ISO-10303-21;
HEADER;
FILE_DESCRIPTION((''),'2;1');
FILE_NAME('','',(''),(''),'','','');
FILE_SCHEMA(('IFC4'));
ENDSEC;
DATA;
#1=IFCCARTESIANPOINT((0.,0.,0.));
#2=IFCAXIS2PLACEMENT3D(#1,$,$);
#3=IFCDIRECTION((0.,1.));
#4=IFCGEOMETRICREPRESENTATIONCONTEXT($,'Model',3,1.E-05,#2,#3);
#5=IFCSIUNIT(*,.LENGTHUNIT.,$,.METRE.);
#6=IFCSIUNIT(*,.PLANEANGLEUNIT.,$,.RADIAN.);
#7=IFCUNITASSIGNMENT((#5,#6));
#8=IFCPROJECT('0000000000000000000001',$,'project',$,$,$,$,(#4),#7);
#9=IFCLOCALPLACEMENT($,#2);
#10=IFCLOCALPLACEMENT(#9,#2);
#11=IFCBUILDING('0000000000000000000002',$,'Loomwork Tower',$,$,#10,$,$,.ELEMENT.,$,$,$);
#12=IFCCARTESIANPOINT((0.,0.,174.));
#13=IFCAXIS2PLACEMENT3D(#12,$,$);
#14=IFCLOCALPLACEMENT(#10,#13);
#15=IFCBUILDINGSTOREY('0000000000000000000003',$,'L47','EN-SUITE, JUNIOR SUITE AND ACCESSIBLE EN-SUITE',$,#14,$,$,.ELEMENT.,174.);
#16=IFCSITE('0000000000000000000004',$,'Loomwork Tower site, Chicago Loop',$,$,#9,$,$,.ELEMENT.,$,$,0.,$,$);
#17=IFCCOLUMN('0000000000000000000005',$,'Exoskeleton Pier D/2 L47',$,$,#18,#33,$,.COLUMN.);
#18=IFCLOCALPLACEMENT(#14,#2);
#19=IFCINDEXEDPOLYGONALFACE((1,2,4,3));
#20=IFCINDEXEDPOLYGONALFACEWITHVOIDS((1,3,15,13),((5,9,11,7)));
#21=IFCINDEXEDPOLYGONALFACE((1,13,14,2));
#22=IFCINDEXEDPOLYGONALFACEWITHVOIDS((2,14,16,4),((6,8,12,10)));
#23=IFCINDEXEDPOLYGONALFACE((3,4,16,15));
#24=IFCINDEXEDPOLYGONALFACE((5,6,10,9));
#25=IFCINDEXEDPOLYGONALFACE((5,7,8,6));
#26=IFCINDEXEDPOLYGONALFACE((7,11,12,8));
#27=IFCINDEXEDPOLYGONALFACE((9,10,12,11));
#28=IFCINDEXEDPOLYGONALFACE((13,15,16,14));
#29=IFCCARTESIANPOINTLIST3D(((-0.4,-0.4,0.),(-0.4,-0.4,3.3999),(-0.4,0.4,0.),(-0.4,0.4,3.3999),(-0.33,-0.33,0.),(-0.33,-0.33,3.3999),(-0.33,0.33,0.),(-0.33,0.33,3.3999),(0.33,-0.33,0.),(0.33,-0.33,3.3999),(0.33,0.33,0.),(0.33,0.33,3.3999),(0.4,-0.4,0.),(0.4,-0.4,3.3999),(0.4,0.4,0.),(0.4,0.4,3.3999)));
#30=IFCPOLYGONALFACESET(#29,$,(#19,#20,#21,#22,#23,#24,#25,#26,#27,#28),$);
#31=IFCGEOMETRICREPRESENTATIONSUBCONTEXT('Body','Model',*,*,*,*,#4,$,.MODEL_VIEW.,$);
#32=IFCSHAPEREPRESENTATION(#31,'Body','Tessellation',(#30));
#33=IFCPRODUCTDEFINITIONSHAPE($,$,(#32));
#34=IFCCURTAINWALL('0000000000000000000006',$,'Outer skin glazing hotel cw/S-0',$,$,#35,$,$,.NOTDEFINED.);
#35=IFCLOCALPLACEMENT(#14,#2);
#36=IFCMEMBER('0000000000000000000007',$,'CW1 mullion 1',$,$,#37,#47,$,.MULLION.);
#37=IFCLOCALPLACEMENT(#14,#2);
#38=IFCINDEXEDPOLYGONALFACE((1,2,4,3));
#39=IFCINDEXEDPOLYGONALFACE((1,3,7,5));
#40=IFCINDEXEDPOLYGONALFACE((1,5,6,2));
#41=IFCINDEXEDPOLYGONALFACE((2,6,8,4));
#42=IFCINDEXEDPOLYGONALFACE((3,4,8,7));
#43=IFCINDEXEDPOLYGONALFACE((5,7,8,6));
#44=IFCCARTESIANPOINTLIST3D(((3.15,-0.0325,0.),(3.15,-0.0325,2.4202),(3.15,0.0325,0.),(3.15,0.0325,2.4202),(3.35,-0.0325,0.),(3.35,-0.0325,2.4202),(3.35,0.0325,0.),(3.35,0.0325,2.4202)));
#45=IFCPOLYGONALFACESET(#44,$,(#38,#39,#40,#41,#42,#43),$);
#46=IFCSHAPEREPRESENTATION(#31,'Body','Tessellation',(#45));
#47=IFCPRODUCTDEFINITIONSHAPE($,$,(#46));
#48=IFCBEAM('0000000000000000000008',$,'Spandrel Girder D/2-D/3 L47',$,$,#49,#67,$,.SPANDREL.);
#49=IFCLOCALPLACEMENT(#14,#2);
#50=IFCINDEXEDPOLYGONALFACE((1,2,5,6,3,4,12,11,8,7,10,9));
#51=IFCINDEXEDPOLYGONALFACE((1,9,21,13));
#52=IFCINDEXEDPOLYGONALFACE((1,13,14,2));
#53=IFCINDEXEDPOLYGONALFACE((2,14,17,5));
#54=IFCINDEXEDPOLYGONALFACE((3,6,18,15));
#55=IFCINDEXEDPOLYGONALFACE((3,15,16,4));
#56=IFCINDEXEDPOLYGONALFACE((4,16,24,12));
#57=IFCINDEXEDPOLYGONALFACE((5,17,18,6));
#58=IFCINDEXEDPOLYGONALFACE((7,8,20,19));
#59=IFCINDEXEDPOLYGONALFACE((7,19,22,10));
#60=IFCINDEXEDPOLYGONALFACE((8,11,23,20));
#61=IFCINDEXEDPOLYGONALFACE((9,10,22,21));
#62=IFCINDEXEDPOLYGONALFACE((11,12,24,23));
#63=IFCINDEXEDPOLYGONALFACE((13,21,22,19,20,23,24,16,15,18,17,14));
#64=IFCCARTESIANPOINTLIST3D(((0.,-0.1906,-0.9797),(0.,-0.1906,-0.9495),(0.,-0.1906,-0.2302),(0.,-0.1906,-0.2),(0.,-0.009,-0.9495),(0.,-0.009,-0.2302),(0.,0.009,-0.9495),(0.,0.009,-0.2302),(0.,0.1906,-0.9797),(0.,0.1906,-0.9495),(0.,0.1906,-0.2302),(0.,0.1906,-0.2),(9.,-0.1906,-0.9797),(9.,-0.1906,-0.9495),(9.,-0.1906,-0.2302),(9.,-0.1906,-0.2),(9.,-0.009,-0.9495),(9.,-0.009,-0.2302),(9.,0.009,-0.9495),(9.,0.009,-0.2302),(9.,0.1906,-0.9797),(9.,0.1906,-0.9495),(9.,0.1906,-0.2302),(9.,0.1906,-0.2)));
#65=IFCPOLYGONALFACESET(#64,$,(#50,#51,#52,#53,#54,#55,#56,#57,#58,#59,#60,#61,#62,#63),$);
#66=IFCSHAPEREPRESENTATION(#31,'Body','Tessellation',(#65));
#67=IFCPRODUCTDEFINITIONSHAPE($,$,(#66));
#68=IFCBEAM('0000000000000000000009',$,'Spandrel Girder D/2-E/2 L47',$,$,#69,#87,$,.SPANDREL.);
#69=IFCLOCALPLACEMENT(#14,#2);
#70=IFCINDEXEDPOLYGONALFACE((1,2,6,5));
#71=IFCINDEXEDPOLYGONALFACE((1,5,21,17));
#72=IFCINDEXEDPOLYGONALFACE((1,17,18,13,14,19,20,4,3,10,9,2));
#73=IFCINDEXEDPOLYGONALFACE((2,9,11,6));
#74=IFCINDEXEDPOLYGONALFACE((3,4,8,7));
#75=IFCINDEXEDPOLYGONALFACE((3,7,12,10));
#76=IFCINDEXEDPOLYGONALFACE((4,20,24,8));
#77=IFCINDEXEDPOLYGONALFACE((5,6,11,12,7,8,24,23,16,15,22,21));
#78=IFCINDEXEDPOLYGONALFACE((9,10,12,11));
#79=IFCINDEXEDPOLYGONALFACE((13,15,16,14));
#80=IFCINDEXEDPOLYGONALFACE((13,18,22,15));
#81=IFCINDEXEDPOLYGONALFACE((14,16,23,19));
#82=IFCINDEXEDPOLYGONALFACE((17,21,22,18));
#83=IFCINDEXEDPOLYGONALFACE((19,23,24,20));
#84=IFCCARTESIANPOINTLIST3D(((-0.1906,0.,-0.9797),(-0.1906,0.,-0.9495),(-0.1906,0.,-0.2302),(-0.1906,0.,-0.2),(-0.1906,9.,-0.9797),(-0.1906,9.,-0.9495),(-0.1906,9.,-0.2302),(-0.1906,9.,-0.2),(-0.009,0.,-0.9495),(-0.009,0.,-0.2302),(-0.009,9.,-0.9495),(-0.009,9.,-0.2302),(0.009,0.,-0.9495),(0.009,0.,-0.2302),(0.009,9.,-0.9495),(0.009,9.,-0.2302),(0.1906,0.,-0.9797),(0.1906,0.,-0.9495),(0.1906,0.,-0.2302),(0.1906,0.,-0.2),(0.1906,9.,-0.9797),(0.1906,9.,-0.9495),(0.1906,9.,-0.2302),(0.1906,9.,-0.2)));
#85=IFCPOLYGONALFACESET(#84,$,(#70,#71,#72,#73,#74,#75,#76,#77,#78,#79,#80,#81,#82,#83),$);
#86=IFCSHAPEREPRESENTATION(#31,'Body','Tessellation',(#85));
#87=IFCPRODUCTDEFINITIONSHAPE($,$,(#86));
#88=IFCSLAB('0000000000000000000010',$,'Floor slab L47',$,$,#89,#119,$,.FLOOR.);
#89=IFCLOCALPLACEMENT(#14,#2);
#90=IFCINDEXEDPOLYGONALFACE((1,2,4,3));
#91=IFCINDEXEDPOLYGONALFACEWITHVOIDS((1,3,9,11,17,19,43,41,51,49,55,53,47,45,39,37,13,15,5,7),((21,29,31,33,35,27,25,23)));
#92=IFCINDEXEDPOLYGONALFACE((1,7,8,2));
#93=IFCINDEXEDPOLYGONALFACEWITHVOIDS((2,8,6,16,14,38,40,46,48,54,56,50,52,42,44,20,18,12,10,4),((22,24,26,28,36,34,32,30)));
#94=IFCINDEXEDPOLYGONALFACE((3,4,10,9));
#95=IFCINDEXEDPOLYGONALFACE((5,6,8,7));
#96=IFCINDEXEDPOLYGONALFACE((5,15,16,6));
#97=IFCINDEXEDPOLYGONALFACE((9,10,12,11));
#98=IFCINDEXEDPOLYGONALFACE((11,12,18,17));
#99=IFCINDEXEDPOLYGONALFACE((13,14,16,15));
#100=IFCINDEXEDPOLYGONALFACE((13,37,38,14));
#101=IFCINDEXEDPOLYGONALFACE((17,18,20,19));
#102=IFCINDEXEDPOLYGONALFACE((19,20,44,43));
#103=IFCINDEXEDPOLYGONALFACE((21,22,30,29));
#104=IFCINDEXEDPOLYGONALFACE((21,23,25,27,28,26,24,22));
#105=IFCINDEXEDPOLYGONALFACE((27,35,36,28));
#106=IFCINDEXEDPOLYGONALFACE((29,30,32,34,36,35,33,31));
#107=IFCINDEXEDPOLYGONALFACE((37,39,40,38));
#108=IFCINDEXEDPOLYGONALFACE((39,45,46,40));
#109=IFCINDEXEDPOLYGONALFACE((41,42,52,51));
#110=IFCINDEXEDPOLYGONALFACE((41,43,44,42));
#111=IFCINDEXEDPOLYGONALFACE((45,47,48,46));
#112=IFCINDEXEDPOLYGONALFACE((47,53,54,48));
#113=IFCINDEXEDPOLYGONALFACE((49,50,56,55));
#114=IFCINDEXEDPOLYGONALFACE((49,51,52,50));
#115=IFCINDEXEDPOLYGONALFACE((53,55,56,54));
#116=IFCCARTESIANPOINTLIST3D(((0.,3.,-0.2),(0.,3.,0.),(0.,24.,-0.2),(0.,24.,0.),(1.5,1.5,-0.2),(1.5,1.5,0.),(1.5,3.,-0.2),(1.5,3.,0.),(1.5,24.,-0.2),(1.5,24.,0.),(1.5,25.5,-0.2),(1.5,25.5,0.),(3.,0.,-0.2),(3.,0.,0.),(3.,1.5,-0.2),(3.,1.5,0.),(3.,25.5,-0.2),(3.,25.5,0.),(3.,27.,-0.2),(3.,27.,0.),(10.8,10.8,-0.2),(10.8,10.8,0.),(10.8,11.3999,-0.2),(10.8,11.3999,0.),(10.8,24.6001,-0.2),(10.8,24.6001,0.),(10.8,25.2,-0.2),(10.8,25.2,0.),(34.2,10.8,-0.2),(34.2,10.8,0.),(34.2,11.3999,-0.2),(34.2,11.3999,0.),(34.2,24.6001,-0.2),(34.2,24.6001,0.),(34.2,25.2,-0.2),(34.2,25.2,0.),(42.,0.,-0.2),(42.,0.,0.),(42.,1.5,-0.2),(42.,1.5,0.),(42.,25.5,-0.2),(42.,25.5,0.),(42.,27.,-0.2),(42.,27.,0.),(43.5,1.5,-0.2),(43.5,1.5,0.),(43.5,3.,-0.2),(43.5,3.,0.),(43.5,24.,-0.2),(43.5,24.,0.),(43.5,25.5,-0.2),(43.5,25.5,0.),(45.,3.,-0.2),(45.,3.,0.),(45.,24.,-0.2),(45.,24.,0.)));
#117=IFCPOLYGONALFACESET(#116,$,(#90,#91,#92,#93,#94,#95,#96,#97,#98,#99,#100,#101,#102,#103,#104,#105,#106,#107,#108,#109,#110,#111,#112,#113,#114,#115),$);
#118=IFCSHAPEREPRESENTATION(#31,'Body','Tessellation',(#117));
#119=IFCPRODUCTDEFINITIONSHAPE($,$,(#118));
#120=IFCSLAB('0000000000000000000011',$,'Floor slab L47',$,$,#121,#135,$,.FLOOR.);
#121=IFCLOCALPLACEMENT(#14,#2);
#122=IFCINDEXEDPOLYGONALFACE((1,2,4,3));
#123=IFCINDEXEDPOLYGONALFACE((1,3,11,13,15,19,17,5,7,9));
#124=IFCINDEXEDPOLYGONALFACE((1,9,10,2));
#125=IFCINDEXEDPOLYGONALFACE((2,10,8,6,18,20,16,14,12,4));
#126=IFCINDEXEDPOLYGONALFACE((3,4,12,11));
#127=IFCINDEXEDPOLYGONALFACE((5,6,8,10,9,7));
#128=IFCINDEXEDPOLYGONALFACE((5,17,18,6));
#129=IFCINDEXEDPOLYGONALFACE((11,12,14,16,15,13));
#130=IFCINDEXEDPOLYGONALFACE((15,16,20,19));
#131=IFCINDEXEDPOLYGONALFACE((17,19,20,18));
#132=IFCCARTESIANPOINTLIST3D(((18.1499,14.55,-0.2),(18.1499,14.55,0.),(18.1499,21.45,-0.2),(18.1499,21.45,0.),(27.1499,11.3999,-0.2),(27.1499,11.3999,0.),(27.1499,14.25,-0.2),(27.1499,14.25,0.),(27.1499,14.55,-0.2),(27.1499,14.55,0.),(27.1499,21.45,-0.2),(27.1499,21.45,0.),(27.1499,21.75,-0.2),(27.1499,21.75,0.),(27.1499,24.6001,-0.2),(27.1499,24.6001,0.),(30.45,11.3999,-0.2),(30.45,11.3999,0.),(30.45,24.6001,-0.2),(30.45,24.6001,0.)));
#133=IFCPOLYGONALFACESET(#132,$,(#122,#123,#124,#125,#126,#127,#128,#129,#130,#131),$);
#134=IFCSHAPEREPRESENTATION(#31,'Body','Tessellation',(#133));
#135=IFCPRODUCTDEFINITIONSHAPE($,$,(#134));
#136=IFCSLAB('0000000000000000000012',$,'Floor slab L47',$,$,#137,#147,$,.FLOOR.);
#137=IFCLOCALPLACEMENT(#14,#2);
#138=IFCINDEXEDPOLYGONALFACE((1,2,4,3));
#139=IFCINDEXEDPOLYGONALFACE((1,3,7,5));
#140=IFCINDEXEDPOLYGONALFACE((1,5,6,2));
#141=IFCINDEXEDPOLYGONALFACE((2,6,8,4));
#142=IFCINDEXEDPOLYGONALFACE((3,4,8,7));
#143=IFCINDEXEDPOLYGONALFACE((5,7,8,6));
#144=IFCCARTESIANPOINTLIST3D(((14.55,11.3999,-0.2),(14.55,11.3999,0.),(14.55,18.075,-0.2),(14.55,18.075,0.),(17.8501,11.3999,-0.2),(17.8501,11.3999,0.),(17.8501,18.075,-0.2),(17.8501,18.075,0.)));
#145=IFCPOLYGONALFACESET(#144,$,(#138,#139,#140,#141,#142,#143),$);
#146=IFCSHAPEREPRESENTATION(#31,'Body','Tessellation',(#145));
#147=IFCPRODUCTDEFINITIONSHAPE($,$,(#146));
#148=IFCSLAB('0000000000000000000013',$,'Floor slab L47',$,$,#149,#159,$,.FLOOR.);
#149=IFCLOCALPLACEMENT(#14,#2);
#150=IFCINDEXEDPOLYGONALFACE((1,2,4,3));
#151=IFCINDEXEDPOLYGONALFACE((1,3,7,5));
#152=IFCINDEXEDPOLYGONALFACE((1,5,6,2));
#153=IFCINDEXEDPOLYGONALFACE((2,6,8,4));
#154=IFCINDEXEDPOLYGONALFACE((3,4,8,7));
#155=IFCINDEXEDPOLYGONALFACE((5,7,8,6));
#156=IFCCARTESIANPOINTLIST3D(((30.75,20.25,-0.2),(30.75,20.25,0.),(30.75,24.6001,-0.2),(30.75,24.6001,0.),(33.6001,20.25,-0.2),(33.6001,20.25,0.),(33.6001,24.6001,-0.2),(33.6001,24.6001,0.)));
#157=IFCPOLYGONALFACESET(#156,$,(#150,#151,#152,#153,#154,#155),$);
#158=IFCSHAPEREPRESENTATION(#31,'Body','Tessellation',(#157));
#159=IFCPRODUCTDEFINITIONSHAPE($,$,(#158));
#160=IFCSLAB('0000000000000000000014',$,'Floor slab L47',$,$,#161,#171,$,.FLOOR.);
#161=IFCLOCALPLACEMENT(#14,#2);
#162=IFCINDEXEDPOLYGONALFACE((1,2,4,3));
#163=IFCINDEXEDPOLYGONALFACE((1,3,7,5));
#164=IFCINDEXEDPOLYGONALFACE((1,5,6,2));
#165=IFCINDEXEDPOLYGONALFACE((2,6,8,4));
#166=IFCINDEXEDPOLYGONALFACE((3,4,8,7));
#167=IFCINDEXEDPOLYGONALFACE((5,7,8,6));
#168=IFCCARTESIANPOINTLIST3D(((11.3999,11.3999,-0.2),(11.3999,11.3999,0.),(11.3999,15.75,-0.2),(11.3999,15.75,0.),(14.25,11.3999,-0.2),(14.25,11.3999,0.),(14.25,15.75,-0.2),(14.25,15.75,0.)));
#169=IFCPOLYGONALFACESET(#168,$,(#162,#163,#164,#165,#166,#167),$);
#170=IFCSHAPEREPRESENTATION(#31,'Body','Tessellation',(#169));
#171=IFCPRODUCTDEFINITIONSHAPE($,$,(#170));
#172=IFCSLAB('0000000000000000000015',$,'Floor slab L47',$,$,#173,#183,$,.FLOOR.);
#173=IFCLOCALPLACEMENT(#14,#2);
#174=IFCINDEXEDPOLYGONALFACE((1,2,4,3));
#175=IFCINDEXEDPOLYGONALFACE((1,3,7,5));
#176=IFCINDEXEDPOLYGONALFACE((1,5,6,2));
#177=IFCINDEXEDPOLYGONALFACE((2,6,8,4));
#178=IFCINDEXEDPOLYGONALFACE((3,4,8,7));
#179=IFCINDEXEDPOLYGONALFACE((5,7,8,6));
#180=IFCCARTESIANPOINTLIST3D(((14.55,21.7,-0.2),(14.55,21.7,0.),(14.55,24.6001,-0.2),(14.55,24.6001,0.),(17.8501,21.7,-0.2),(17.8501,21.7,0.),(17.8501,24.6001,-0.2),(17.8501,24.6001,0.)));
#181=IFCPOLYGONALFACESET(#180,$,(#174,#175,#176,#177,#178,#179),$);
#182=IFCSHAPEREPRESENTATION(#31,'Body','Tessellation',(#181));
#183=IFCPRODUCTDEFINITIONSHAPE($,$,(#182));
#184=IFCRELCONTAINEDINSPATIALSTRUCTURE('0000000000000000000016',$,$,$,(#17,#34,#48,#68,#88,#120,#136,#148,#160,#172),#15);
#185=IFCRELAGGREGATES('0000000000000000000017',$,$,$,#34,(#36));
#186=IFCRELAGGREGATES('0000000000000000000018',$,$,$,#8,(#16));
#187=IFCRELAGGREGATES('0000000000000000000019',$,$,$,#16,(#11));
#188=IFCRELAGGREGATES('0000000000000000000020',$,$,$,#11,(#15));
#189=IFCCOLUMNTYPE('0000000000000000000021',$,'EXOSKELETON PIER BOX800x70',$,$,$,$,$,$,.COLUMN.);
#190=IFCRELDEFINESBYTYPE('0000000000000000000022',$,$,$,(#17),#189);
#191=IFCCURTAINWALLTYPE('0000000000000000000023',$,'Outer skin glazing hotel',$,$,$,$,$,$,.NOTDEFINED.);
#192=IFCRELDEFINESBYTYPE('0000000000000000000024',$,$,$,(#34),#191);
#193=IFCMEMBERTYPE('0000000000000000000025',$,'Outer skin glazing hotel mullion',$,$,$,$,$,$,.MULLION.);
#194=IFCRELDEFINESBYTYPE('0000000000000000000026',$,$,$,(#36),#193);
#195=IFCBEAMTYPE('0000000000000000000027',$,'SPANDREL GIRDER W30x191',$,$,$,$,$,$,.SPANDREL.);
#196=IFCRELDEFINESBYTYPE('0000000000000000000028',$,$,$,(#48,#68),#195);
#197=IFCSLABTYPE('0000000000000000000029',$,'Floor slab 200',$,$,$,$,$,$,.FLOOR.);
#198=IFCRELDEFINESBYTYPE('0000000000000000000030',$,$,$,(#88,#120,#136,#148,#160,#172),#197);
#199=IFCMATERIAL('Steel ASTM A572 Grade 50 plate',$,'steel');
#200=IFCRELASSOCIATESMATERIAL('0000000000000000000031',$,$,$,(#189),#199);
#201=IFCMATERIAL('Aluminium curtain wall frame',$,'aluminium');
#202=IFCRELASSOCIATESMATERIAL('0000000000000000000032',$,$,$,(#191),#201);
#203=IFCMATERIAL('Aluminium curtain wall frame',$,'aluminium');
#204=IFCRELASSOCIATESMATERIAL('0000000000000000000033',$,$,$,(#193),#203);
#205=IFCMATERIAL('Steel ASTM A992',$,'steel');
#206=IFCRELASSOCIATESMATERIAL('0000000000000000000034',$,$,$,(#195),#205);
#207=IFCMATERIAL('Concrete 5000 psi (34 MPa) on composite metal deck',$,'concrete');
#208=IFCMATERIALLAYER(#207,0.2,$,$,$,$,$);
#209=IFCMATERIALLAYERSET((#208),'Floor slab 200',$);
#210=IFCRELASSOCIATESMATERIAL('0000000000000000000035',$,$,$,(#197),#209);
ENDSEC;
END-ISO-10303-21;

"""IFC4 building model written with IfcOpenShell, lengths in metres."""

from ifc_helpers import new_model, si_unit, direction, frame, origin, origin_with_axes, origin_2d, place, context, subcontext, project, spatial, polyline, rectangle, hollow_rectangle, i_section, outline, extrude, material, layer, layer_set, material_profile, profile_set, type_object, element, aggregate, save


model = new_model("IFC4")

# Units and contexts
model_context = context("Model", 3, precision=1e-05, world=origin(), true_north=direction((0.0, 1.0)))
body_context = subcontext(model_context, "Body", "Model", "MODEL_VIEW")
ifc_project = project(units=[si_unit("LENGTHUNIT", "METRE"), si_unit("PLANEANGLEUNIT", "RADIAN")], contexts=[model_context])

# Site, building, storey
site_placement = place(None, origin())
site = spatial("IfcSite", under=ifc_project, at=site_placement, Name="Loomwork Tower site, Chicago Loop", CompositionType="ELEMENT", RefElevation=0.0)
building_placement = place(site_placement, origin())
building = spatial("IfcBuilding", under=site, at=building_placement, Name="Loomwork Tower", CompositionType="ELEMENT")
storey_placement = place(building_placement, frame((0.0, 0.0, 174.0)))
storey = spatial("IfcBuildingStorey", under=building, at=storey_placement, Name="L47", Description="EN-SUITE, JUNIOR SUITE AND ACCESSIBLE EN-SUITE", CompositionType="ELEMENT", Elevation=174.0)

# Column
ifc_material_1 = material(Name="Steel ASTM A572 Grade 50 plate", Category="steel")
ifc_material_profile_1 = material_profile(ifc_material_1, hollow_rectangle(XDim=0.8, YDim=0.8, WallThickness=0.0701, at=origin_2d()), Name="BOX800x70")
ifc_profile_set_1 = profile_set([ifc_material_profile_1], Name="Steel ASTM A572 Grade 50 plate")
column_type = type_object("IfcColumnType", Name="EXOSKELETON PIER BOX800x70", PredefinedType="COLUMN", material=ifc_profile_set_1)
column_placement = place(storey_placement, origin_with_axes())
element("IfcColumn", 1, at=column_placement, inside=storey, type_object=column_type, Name="Exoskeleton Pier D/2 L47", PredefinedType="COLUMN", context=body_context, shape_type="SweptSolid", body=[
    extrude(hollow_rectangle(XDim=0.8, YDim=0.8, WallThickness=0.0701, at=origin_2d()), origin(), (0.0, 0.0, 1.0), 3.3999),
])

# Curtain wall, member
ifc_material_2 = material(Name="Aluminium curtain wall frame", Category="aluminium")
curtain_wall_type = type_object("IfcCurtainWallType", Name="Outer skin glazing hotel", PredefinedType="NOTDEFINED", material=ifc_material_2)
curtain_wall_placement = place(storey_placement, origin())
curtain_wall = element("IfcCurtainWall", 2, at=curtain_wall_placement, inside=storey, type_object=curtain_wall_type, Name="Outer skin glazing hotel cw/S-0", PredefinedType="NOTDEFINED")
ifc_material_3 = material(Name="Aluminium curtain wall frame", Category="aluminium")
ifc_material_profile_2 = material_profile(ifc_material_3, rectangle(XDim=0.0649, YDim=0.2, at=origin_2d()), Name="AL 65x200")
ifc_profile_set_2 = profile_set([ifc_material_profile_2], Name="Aluminium curtain wall frame")
member_type = type_object("IfcMemberType", Name="Outer skin glazing hotel mullion", PredefinedType="MULLION", material=ifc_profile_set_2)
member_placement = place(storey_placement, frame((3.25, 0.0, 0.0), z_axis=(0.0, 0.0, 1.0), x_axis=(0.0, 1.0, 0.0)))
member = element("IfcMember", 3, at=member_placement, type_object=member_type, Name="CW1 mullion 1", PredefinedType="MULLION", context=body_context, shape_type="SweptSolid", body=[
    extrude(rectangle(XDim=0.0649, YDim=0.2, at=origin_2d()), origin(), (0.0, 0.0, 1.0), 2.4202),
])
aggregate(curtain_wall, [member])

# Beams
ifc_material_4 = material(Name="Steel ASTM A992", Category="steel")
ifc_material_profile_3 = material_profile(ifc_material_4, i_section(OverallWidth=0.3811, OverallDepth=0.7798, WebThickness=0.0181, FlangeThickness=0.0303, at=origin_2d()), Name="W30x191")
ifc_profile_set_3 = profile_set([ifc_material_profile_3], Name="Steel ASTM A992")
beam_type = type_object("IfcBeamType", Name="SPANDREL GIRDER W30x191", PredefinedType="SPANDREL", material=ifc_profile_set_3)
for number, where, z_axis, x_axis, name in (
    (4, (0.0, 0.0, -0.5898), (1.0, 0.0, 0.0), (0.0, 1.0, 0.0), "Spandrel Girder D/2-D/3 L47"),
    (5, (0.0, 0.0, -0.5898), (0.0, 1.0, 0.0), (-1.0, 0.0, 0.0), "Spandrel Girder D/2-E/2 L47"),
):
    element("IfcBeam", number, at=place(storey_placement, frame(where, z_axis=z_axis, x_axis=x_axis)), inside=storey, type_object=beam_type, Name=name, PredefinedType="SPANDREL", context=body_context, shape_type="SweptSolid", body=[
        extrude(i_section(OverallWidth=0.3811, OverallDepth=0.7798, WebThickness=0.0181, FlangeThickness=0.0303, at=origin_2d()), origin(), (0.0, 0.0, 1.0), 9.0),
    ])

# Slabs
ifc_material_5 = material(Name="Concrete 5000 psi (34 MPa) on composite metal deck", Category="concrete")
ifc_layer_1 = layer(ifc_material_5, 0.2)
ifc_layer_set_1 = layer_set([ifc_layer_1], Name="Floor slab 200")
slab_type_1 = type_object("IfcSlabType", Name="Floor slab 200", PredefinedType="FLOOR", material=ifc_layer_set_1)
slab_1_placement = place(storey_placement, frame((0.0, 0.0, -0.2)))
element("IfcSlab", 6, at=slab_1_placement, inside=storey, type_object=slab_type_1, Name="Floor slab L47", PredefinedType="FLOOR", context=body_context, shape_type="SweptSolid", body=[
    extrude(outline(polyline([(3.0, 1.5), (1.5, 1.5), (1.5, 3.0), (0.0, 3.0), (0.0, 24.0), (1.5, 24.0), (1.5, 25.5), (3.0, 25.5), (3.0, 27.0), (42.0, 27.0), (42.0, 25.5), (43.5, 25.5), (43.5, 24.0), (45.0, 24.0), (45.0, 3.0), (43.5, 3.0), (43.5, 1.5), (42.0, 1.5), (42.0, 0.0), (3.0, 0.0), (3.0, 1.5)]), holes=[polyline([(10.8, 11.3999), (10.8, 11.3999), (10.8, 10.8), (34.2, 10.8), (34.2, 11.3999), (34.2, 11.3999), (34.2, 24.6001), (34.2, 25.2), (10.8, 25.2), (10.8, 24.6001), (10.8, 11.3999)])]), origin(), (0.0, 0.0, 1.0), 0.2),
])
slab_2_placement = place(storey_placement, frame((0.0, 0.0, -0.2)))
element("IfcSlab", 7, at=slab_2_placement, inside=storey, type_object=slab_type_1, Name="Floor slab L47", PredefinedType="FLOOR", context=body_context, shape_type="SweptSolid", body=[
    extrude(outline(polyline([(30.45, 24.6001), (30.45, 11.3999), (27.1499, 11.3999), (27.1499, 14.25), (27.1499, 14.55), (18.1499, 14.55), (18.1499, 21.45), (27.1499, 21.45), (27.1499, 21.75), (27.1499, 24.6001), (30.45, 24.6001)])), origin(), (0.0, 0.0, 1.0), 0.2),
])
slab_3_placement = place(storey_placement, frame((0.0, 0.0, -0.2)))
element("IfcSlab", 8, at=slab_3_placement, inside=storey, type_object=slab_type_1, Name="Floor slab L47", PredefinedType="FLOOR", context=body_context, shape_type="SweptSolid", body=[
    extrude(outline(polyline([(14.55, 11.3999), (14.55, 18.075), (17.8501, 18.075), (17.8501, 11.3999), (14.55, 11.3999)])), origin(), (0.0, 0.0, 1.0), 0.2),
])
slab_4_placement = place(storey_placement, frame((0.0, 0.0, -0.2)))
element("IfcSlab", 9, at=slab_4_placement, inside=storey, type_object=slab_type_1, Name="Floor slab L47", PredefinedType="FLOOR", context=body_context, shape_type="SweptSolid", body=[
    extrude(outline(polyline([(33.6001, 20.25), (30.75, 20.25), (30.75, 24.6001), (33.6001, 24.6001), (33.6001, 20.25)])), origin(), (0.0, 0.0, 1.0), 0.2),
])
slab_5_placement = place(storey_placement, frame((0.0, 0.0, -0.2)))
element("IfcSlab", 10, at=slab_5_placement, inside=storey, type_object=slab_type_1, Name="Floor slab L47", PredefinedType="FLOOR", context=body_context, shape_type="SweptSolid", body=[
    extrude(outline(polyline([(14.25, 15.75), (14.25, 11.3999), (11.3999, 11.3999), (11.3999, 15.75), (14.25, 15.75)])), origin(), (0.0, 0.0, 1.0), 0.2),
])
slab_6_placement = place(storey_placement, frame((0.0, 0.0, -0.2)))
element("IfcSlab", 11, at=slab_6_placement, inside=storey, type_object=slab_type_1, Name="Floor slab L47", PredefinedType="FLOOR", context=body_context, shape_type="SweptSolid", body=[
    extrude(outline(polyline([(14.55, 21.7), (14.55, 24.6001), (17.8501, 24.6001), (17.8501, 21.7), (14.55, 21.7)])), origin(), (0.0, 0.0, 1.0), 0.2),
])

save(model, "model.ifc")
